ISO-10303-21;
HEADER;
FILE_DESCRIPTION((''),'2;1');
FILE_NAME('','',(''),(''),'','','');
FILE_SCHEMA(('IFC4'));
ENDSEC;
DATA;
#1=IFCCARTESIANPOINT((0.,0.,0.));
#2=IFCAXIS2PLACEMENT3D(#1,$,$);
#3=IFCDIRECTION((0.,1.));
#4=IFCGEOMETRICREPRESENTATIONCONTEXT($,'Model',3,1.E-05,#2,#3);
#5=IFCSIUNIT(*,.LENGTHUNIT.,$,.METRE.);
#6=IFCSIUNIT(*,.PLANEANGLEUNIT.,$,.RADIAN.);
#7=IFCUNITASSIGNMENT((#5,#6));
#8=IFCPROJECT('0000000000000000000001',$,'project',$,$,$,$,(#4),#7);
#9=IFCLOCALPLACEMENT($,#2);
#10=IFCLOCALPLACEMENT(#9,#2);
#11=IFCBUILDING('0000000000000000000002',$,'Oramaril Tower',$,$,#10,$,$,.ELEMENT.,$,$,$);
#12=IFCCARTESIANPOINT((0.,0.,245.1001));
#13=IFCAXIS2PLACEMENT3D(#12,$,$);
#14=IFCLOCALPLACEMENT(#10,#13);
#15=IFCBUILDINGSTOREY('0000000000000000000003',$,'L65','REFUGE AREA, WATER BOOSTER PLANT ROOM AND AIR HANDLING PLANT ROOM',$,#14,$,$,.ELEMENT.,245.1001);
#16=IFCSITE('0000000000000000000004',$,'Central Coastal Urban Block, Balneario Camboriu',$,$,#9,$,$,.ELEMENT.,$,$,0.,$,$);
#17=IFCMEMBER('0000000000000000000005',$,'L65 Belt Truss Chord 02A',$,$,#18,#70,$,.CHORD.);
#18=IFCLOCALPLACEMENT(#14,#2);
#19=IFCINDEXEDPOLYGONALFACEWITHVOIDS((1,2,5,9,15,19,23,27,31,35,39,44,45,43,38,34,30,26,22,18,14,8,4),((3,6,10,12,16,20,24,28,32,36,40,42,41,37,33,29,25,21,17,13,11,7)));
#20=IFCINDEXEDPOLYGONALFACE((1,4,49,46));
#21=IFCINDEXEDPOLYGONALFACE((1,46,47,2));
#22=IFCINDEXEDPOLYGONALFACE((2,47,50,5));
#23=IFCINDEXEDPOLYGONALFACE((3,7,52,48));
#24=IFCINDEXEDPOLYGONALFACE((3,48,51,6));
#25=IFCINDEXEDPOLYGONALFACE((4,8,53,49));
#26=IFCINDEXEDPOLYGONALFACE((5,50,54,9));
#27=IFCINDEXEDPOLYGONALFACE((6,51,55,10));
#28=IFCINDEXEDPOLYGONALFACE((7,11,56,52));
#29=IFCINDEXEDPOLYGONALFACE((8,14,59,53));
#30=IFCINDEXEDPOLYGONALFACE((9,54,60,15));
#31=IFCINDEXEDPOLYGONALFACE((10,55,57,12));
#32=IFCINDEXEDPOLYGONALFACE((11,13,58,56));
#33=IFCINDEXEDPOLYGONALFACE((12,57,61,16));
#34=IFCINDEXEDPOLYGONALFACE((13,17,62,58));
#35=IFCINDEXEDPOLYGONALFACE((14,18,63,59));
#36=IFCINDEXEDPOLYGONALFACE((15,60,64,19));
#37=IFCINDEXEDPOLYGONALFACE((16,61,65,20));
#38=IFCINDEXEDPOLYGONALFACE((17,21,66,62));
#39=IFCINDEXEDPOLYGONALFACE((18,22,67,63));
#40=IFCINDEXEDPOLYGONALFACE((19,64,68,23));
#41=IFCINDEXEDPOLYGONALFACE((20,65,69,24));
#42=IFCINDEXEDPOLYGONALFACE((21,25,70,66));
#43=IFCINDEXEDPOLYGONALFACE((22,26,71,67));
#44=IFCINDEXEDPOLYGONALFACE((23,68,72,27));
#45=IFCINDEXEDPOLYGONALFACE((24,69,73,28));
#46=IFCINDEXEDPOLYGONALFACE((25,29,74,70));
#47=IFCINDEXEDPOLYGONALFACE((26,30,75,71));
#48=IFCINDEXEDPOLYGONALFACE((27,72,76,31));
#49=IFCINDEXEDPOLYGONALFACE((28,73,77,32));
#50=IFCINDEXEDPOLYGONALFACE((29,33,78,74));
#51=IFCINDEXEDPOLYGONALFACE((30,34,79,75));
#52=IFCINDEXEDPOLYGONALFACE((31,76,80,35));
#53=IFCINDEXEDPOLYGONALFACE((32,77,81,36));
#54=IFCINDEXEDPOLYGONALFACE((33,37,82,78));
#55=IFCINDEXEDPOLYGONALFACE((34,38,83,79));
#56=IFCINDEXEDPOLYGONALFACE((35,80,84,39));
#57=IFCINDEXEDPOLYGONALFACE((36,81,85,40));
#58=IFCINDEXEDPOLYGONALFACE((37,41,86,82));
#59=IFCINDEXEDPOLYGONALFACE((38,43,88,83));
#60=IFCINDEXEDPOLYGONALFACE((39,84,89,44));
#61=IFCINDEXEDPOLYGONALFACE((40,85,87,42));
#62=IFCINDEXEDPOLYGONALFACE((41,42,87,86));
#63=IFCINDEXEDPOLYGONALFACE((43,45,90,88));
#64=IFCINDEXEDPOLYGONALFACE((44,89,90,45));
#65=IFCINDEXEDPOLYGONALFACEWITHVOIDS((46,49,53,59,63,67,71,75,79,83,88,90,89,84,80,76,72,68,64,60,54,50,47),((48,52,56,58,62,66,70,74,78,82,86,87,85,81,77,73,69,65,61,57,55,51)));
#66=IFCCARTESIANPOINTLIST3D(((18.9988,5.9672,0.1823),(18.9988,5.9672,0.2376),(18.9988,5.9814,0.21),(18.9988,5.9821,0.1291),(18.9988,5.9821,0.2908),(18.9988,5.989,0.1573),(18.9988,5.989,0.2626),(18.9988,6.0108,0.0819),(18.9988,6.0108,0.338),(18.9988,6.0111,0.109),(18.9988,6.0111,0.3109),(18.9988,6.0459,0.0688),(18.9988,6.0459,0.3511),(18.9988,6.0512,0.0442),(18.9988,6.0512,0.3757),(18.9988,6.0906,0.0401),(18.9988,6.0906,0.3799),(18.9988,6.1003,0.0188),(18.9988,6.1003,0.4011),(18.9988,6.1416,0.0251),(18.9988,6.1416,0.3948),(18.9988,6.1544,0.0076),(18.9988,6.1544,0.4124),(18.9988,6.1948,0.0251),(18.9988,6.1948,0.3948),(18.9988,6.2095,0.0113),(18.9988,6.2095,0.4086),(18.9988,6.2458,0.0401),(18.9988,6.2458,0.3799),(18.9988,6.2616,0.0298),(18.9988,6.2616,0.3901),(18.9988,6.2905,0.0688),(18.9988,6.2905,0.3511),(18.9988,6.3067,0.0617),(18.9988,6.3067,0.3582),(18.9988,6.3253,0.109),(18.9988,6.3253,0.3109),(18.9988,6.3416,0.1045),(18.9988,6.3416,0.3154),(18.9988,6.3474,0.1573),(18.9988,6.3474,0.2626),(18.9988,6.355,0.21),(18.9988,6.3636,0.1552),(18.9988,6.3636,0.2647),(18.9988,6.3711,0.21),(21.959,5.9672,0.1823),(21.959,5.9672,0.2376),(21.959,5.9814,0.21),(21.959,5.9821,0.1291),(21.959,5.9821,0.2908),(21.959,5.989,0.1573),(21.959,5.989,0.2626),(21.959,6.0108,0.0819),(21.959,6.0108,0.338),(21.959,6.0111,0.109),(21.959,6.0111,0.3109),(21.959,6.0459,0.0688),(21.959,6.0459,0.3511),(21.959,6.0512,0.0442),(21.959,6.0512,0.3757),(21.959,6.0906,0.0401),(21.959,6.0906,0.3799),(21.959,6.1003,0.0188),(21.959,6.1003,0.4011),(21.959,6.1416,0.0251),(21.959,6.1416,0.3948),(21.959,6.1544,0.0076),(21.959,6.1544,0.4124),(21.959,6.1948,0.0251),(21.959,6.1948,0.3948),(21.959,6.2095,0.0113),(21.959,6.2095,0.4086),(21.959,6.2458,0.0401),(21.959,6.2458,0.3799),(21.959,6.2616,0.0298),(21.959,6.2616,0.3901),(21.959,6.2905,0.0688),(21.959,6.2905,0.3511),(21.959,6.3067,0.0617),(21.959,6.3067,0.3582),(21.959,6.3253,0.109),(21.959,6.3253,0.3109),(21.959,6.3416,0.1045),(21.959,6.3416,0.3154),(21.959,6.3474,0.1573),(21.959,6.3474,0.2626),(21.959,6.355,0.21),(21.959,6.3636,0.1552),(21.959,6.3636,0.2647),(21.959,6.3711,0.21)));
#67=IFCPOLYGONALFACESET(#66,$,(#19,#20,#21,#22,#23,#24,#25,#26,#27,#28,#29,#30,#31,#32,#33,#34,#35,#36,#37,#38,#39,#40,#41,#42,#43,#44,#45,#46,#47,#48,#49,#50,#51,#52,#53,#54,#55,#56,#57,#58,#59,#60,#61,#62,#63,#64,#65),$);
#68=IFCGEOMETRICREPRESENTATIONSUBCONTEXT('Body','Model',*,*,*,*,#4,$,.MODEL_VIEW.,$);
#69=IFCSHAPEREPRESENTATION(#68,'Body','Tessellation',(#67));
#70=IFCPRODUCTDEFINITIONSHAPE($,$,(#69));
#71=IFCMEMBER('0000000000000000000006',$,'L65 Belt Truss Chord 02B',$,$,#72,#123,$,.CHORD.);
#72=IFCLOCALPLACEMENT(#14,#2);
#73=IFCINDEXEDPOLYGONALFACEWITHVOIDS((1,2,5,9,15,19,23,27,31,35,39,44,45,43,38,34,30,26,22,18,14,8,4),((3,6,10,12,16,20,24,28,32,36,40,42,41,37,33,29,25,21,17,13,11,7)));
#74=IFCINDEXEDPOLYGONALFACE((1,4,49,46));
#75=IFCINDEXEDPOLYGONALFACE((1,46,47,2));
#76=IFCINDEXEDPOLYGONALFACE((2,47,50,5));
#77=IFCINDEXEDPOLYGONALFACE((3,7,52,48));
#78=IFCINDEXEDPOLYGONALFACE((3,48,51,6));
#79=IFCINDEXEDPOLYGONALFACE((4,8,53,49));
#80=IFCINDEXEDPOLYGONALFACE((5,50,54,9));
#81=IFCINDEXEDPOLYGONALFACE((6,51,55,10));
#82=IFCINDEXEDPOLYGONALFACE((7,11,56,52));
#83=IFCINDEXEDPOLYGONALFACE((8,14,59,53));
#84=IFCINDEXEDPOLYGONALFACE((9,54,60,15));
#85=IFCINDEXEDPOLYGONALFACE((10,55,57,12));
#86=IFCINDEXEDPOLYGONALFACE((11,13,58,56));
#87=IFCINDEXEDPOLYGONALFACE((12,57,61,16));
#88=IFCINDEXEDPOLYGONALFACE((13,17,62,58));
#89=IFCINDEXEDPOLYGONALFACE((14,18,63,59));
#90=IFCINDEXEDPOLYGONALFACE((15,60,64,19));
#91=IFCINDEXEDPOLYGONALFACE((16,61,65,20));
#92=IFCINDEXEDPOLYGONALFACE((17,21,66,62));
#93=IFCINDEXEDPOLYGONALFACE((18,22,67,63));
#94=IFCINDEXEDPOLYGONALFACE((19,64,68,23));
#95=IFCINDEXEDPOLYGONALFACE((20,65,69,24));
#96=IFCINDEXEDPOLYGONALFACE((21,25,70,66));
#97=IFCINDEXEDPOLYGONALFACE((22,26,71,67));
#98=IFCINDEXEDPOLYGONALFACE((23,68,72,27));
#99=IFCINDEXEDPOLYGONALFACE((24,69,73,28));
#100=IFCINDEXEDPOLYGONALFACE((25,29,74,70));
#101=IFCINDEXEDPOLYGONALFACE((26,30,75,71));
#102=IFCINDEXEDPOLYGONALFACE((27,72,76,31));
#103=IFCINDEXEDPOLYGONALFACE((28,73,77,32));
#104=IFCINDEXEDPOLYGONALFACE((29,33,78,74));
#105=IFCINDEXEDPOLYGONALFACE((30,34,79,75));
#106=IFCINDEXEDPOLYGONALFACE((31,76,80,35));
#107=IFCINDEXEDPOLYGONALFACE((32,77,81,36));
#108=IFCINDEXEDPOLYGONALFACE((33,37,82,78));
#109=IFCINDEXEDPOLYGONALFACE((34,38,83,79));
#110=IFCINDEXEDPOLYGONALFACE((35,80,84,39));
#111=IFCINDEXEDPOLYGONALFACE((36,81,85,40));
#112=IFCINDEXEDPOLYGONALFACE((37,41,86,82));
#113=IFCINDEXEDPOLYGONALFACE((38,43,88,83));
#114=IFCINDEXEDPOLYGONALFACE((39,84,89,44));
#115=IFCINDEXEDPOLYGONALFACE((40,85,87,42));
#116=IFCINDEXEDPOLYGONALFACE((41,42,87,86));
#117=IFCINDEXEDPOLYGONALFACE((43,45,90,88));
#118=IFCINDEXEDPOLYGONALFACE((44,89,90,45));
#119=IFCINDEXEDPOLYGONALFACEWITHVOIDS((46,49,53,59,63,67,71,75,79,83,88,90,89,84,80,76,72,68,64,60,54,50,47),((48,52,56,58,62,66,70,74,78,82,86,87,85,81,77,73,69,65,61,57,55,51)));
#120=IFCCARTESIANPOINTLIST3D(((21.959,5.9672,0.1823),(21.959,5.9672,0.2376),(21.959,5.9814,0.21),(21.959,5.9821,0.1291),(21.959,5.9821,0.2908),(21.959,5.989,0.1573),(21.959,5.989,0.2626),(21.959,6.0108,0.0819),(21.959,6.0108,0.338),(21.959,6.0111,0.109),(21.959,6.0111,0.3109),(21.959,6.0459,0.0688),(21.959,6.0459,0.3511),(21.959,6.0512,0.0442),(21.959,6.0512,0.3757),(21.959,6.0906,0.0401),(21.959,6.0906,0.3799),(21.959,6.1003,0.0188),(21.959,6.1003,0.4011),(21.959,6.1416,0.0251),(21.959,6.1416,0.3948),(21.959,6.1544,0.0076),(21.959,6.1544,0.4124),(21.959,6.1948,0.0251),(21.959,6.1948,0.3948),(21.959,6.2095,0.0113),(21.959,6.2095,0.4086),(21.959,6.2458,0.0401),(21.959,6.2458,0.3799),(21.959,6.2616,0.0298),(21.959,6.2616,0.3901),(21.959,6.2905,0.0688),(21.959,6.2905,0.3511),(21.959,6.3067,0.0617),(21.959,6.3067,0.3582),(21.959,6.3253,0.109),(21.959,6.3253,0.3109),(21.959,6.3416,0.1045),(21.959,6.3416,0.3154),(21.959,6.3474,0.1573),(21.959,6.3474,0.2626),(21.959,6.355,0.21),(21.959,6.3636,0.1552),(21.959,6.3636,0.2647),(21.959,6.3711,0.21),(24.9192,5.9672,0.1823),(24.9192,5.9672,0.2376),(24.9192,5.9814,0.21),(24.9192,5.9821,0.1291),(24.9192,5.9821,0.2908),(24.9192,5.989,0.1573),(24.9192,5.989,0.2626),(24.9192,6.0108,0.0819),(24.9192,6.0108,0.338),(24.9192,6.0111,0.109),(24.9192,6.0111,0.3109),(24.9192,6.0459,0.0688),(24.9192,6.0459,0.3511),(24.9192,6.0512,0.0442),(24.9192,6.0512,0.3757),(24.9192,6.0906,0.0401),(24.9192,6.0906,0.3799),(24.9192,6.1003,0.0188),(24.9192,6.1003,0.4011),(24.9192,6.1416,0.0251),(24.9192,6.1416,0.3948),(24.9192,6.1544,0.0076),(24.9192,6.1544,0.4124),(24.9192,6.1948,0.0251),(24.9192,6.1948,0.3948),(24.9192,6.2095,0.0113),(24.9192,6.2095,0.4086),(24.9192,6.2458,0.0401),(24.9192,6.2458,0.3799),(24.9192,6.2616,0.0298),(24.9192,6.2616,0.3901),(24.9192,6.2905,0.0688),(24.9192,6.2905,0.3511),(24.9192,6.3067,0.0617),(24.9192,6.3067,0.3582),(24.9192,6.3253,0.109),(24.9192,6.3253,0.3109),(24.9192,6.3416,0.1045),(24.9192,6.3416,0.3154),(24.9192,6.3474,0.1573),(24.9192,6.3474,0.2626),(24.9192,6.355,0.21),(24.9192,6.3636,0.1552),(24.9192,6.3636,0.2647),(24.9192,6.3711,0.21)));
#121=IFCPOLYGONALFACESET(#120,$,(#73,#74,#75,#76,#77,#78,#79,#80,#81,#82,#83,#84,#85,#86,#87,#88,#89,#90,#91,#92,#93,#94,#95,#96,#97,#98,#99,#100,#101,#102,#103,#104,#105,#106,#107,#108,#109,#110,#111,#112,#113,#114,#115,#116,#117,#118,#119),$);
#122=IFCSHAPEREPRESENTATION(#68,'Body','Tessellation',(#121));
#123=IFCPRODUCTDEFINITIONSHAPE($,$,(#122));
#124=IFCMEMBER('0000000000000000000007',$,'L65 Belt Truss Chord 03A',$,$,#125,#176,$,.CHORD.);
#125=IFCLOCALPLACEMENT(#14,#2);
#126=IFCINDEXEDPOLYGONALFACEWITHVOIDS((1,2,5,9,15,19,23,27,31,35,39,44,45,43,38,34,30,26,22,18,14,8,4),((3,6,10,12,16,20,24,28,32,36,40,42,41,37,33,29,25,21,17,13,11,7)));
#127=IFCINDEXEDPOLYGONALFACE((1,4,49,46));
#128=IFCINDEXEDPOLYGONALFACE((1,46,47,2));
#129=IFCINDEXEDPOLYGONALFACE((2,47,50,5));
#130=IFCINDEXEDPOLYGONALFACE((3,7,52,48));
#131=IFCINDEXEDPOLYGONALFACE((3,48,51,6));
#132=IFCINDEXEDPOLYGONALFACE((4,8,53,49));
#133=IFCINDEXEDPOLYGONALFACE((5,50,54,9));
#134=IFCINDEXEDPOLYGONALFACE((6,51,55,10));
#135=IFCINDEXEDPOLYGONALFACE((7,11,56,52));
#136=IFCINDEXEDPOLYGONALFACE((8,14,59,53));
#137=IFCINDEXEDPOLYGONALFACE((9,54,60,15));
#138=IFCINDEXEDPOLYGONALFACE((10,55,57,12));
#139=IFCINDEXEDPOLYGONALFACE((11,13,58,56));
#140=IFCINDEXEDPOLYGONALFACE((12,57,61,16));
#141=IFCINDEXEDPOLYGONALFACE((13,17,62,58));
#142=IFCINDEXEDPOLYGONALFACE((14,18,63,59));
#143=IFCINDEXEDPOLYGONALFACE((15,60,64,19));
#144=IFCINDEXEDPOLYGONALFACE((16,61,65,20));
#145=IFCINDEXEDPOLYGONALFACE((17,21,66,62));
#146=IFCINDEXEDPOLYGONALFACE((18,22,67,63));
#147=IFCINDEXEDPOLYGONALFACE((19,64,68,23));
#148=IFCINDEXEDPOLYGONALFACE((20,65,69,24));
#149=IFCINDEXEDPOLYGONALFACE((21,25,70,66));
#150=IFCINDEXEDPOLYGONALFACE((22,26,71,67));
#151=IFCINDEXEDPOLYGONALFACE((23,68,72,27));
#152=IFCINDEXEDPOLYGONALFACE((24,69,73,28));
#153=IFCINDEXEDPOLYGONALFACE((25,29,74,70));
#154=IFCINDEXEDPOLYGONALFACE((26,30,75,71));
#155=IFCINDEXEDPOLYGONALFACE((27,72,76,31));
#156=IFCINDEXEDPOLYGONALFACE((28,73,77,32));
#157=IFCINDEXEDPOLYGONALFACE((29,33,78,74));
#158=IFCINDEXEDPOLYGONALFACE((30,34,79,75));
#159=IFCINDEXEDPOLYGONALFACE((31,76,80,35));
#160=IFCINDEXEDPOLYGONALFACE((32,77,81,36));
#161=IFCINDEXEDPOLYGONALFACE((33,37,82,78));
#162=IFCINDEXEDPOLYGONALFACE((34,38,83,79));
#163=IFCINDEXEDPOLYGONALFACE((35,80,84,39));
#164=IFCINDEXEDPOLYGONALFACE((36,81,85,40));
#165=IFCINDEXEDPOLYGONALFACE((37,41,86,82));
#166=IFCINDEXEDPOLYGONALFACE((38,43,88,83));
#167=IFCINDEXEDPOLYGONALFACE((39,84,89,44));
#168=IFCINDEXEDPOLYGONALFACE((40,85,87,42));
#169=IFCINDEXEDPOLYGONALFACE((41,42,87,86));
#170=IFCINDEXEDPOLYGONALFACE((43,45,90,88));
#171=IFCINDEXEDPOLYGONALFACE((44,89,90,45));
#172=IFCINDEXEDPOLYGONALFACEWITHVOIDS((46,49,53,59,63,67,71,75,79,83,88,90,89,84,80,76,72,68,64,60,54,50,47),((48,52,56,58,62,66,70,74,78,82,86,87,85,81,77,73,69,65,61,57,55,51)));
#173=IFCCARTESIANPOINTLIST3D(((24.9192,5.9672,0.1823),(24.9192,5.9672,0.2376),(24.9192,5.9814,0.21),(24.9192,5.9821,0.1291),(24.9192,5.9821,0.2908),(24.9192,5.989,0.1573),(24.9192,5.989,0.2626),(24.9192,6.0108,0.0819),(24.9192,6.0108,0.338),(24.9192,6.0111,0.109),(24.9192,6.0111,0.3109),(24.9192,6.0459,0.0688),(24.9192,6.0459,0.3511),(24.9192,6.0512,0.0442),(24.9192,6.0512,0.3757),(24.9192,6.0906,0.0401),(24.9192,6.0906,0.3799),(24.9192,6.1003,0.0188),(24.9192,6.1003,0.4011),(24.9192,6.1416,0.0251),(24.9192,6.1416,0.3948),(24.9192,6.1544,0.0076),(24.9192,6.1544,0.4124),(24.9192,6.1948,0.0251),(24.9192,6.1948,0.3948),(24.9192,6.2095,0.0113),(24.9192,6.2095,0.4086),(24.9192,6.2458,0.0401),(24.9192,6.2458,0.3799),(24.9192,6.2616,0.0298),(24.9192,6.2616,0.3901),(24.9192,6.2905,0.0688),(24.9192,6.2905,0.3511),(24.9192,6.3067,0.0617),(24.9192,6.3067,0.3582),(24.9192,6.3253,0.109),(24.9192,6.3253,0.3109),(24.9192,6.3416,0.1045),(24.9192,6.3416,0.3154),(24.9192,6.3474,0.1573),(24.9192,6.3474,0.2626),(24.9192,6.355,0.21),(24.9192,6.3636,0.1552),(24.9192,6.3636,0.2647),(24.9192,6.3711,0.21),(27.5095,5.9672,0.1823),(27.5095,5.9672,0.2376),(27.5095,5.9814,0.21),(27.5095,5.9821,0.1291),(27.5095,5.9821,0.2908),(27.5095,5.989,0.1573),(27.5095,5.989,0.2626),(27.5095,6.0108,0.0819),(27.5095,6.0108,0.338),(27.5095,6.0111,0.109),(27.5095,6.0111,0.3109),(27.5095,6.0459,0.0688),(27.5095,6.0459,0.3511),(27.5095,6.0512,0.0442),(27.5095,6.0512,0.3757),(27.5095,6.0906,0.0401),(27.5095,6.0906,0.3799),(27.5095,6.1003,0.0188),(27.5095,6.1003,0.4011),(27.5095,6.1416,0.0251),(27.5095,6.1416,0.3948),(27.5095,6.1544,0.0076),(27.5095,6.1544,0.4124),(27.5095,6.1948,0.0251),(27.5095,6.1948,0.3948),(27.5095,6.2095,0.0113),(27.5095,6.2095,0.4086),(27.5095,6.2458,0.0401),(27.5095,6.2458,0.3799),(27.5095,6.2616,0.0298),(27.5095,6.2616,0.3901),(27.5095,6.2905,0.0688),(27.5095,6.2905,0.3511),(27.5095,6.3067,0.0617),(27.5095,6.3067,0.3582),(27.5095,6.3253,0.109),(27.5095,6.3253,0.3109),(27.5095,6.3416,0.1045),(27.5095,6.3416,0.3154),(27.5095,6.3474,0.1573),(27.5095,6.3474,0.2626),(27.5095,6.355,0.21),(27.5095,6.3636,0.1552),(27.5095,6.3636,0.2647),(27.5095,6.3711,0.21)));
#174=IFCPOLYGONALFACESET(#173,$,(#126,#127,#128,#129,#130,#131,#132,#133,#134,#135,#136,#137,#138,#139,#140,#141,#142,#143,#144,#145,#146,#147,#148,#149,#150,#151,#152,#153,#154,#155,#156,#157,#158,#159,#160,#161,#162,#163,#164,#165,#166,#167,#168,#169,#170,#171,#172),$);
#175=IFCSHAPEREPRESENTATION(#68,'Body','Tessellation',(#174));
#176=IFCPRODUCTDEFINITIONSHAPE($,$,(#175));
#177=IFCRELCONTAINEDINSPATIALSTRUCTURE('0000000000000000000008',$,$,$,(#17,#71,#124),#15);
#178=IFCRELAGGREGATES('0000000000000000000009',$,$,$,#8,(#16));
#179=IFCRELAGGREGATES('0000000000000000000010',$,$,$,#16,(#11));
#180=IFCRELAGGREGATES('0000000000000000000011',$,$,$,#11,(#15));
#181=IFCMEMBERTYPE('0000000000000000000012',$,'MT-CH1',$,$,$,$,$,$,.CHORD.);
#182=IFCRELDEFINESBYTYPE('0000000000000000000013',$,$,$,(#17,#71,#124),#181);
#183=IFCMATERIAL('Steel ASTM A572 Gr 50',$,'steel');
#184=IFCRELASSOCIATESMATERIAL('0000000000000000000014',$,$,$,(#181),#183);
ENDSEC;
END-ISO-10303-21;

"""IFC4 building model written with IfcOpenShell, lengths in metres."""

from ifc_helpers import new_model, si_unit, direction, frame, origin, origin_2d, place, context, subcontext, project, spatial, hollow_circle, extrude, material, material_profile, profile_set, type_object, element, save


model = new_model("IFC4")

# Units and contexts
model_context = context("Model", 3, precision=1e-05, world=origin(), true_north=direction((0.0, 1.0)))
body_context = subcontext(model_context, "Body", "Model", "MODEL_VIEW")
ifc_project = project(units=[si_unit("LENGTHUNIT", "METRE"), si_unit("PLANEANGLEUNIT", "RADIAN")], contexts=[model_context])

# Site, building, storey
site_placement = place(None, origin())
site = spatial("IfcSite", under=ifc_project, at=site_placement, Name="Central Coastal Urban Block, Balneario Camboriu", CompositionType="ELEMENT", RefElevation=0.0)
building_placement = place(site_placement, origin())
building = spatial("IfcBuilding", under=site, at=building_placement, Name="Oramaril Tower", CompositionType="ELEMENT")
storey_placement = place(building_placement, frame((0.0, 0.0, 245.1001)))
storey = spatial("IfcBuildingStorey", under=building, at=storey_placement, Name="L65", Description="REFUGE AREA, WATER BOOSTER PLANT ROOM AND AIR HANDLING PLANT ROOM", CompositionType="ELEMENT", Elevation=245.1001)

# Members
ifc_material_1 = material(Name="Steel ASTM A572 Gr 50", Category="steel")
ifc_material_profile_1 = material_profile(ifc_material_1, hollow_circle(Radius=0.2029, WallThickness=0.0161, at=origin_2d()), Name="CHS406X16")
ifc_profile_set_1 = profile_set([ifc_material_profile_1], Name="Steel ASTM A572 Gr 50")
member_type_1 = type_object("IfcMemberType", Name="MT-CH1", PredefinedType="CHORD", material=ifc_profile_set_1)
for number, where, z_axis, x_axis, name in (
    (1, (18.9988, 6.1682, 0.21), (1.0, 0.0, 0.0), (0.0, 1.0, 0.0), "L65 Belt Truss Chord 02A"),
    (2, (21.959, 6.1682, 0.21), (1.0, 0.0, 0.0), (0.0, 1.0, 0.0), "L65 Belt Truss Chord 02B"),
):
    element("IfcMember", number, at=place(storey_placement, frame(where, z_axis=z_axis, x_axis=x_axis)), inside=storey, type_object=member_type_1, Name=name, PredefinedType="CHORD", context=body_context, shape_type="SweptSolid", body=[
        extrude(hollow_circle(Radius=0.2029, WallThickness=0.0161, at=origin_2d()), origin(), (0.0, 0.0, 1.0), 2.9602),
    ])
member_1_placement = place(storey_placement, frame((24.9192, 6.1682, 0.21), z_axis=(1.0, 0.0, 0.0), x_axis=(0.0, 1.0, 0.0)))
element("IfcMember", 3, at=member_1_placement, inside=storey, type_object=member_type_1, Name="L65 Belt Truss Chord 03A", PredefinedType="CHORD", context=body_context, shape_type="SweptSolid", body=[
    extrude(hollow_circle(Radius=0.2029, WallThickness=0.0161, at=origin_2d()), origin(), (0.0, 0.0, 1.0), 2.5903),
])

save(model, "model.ifc")
